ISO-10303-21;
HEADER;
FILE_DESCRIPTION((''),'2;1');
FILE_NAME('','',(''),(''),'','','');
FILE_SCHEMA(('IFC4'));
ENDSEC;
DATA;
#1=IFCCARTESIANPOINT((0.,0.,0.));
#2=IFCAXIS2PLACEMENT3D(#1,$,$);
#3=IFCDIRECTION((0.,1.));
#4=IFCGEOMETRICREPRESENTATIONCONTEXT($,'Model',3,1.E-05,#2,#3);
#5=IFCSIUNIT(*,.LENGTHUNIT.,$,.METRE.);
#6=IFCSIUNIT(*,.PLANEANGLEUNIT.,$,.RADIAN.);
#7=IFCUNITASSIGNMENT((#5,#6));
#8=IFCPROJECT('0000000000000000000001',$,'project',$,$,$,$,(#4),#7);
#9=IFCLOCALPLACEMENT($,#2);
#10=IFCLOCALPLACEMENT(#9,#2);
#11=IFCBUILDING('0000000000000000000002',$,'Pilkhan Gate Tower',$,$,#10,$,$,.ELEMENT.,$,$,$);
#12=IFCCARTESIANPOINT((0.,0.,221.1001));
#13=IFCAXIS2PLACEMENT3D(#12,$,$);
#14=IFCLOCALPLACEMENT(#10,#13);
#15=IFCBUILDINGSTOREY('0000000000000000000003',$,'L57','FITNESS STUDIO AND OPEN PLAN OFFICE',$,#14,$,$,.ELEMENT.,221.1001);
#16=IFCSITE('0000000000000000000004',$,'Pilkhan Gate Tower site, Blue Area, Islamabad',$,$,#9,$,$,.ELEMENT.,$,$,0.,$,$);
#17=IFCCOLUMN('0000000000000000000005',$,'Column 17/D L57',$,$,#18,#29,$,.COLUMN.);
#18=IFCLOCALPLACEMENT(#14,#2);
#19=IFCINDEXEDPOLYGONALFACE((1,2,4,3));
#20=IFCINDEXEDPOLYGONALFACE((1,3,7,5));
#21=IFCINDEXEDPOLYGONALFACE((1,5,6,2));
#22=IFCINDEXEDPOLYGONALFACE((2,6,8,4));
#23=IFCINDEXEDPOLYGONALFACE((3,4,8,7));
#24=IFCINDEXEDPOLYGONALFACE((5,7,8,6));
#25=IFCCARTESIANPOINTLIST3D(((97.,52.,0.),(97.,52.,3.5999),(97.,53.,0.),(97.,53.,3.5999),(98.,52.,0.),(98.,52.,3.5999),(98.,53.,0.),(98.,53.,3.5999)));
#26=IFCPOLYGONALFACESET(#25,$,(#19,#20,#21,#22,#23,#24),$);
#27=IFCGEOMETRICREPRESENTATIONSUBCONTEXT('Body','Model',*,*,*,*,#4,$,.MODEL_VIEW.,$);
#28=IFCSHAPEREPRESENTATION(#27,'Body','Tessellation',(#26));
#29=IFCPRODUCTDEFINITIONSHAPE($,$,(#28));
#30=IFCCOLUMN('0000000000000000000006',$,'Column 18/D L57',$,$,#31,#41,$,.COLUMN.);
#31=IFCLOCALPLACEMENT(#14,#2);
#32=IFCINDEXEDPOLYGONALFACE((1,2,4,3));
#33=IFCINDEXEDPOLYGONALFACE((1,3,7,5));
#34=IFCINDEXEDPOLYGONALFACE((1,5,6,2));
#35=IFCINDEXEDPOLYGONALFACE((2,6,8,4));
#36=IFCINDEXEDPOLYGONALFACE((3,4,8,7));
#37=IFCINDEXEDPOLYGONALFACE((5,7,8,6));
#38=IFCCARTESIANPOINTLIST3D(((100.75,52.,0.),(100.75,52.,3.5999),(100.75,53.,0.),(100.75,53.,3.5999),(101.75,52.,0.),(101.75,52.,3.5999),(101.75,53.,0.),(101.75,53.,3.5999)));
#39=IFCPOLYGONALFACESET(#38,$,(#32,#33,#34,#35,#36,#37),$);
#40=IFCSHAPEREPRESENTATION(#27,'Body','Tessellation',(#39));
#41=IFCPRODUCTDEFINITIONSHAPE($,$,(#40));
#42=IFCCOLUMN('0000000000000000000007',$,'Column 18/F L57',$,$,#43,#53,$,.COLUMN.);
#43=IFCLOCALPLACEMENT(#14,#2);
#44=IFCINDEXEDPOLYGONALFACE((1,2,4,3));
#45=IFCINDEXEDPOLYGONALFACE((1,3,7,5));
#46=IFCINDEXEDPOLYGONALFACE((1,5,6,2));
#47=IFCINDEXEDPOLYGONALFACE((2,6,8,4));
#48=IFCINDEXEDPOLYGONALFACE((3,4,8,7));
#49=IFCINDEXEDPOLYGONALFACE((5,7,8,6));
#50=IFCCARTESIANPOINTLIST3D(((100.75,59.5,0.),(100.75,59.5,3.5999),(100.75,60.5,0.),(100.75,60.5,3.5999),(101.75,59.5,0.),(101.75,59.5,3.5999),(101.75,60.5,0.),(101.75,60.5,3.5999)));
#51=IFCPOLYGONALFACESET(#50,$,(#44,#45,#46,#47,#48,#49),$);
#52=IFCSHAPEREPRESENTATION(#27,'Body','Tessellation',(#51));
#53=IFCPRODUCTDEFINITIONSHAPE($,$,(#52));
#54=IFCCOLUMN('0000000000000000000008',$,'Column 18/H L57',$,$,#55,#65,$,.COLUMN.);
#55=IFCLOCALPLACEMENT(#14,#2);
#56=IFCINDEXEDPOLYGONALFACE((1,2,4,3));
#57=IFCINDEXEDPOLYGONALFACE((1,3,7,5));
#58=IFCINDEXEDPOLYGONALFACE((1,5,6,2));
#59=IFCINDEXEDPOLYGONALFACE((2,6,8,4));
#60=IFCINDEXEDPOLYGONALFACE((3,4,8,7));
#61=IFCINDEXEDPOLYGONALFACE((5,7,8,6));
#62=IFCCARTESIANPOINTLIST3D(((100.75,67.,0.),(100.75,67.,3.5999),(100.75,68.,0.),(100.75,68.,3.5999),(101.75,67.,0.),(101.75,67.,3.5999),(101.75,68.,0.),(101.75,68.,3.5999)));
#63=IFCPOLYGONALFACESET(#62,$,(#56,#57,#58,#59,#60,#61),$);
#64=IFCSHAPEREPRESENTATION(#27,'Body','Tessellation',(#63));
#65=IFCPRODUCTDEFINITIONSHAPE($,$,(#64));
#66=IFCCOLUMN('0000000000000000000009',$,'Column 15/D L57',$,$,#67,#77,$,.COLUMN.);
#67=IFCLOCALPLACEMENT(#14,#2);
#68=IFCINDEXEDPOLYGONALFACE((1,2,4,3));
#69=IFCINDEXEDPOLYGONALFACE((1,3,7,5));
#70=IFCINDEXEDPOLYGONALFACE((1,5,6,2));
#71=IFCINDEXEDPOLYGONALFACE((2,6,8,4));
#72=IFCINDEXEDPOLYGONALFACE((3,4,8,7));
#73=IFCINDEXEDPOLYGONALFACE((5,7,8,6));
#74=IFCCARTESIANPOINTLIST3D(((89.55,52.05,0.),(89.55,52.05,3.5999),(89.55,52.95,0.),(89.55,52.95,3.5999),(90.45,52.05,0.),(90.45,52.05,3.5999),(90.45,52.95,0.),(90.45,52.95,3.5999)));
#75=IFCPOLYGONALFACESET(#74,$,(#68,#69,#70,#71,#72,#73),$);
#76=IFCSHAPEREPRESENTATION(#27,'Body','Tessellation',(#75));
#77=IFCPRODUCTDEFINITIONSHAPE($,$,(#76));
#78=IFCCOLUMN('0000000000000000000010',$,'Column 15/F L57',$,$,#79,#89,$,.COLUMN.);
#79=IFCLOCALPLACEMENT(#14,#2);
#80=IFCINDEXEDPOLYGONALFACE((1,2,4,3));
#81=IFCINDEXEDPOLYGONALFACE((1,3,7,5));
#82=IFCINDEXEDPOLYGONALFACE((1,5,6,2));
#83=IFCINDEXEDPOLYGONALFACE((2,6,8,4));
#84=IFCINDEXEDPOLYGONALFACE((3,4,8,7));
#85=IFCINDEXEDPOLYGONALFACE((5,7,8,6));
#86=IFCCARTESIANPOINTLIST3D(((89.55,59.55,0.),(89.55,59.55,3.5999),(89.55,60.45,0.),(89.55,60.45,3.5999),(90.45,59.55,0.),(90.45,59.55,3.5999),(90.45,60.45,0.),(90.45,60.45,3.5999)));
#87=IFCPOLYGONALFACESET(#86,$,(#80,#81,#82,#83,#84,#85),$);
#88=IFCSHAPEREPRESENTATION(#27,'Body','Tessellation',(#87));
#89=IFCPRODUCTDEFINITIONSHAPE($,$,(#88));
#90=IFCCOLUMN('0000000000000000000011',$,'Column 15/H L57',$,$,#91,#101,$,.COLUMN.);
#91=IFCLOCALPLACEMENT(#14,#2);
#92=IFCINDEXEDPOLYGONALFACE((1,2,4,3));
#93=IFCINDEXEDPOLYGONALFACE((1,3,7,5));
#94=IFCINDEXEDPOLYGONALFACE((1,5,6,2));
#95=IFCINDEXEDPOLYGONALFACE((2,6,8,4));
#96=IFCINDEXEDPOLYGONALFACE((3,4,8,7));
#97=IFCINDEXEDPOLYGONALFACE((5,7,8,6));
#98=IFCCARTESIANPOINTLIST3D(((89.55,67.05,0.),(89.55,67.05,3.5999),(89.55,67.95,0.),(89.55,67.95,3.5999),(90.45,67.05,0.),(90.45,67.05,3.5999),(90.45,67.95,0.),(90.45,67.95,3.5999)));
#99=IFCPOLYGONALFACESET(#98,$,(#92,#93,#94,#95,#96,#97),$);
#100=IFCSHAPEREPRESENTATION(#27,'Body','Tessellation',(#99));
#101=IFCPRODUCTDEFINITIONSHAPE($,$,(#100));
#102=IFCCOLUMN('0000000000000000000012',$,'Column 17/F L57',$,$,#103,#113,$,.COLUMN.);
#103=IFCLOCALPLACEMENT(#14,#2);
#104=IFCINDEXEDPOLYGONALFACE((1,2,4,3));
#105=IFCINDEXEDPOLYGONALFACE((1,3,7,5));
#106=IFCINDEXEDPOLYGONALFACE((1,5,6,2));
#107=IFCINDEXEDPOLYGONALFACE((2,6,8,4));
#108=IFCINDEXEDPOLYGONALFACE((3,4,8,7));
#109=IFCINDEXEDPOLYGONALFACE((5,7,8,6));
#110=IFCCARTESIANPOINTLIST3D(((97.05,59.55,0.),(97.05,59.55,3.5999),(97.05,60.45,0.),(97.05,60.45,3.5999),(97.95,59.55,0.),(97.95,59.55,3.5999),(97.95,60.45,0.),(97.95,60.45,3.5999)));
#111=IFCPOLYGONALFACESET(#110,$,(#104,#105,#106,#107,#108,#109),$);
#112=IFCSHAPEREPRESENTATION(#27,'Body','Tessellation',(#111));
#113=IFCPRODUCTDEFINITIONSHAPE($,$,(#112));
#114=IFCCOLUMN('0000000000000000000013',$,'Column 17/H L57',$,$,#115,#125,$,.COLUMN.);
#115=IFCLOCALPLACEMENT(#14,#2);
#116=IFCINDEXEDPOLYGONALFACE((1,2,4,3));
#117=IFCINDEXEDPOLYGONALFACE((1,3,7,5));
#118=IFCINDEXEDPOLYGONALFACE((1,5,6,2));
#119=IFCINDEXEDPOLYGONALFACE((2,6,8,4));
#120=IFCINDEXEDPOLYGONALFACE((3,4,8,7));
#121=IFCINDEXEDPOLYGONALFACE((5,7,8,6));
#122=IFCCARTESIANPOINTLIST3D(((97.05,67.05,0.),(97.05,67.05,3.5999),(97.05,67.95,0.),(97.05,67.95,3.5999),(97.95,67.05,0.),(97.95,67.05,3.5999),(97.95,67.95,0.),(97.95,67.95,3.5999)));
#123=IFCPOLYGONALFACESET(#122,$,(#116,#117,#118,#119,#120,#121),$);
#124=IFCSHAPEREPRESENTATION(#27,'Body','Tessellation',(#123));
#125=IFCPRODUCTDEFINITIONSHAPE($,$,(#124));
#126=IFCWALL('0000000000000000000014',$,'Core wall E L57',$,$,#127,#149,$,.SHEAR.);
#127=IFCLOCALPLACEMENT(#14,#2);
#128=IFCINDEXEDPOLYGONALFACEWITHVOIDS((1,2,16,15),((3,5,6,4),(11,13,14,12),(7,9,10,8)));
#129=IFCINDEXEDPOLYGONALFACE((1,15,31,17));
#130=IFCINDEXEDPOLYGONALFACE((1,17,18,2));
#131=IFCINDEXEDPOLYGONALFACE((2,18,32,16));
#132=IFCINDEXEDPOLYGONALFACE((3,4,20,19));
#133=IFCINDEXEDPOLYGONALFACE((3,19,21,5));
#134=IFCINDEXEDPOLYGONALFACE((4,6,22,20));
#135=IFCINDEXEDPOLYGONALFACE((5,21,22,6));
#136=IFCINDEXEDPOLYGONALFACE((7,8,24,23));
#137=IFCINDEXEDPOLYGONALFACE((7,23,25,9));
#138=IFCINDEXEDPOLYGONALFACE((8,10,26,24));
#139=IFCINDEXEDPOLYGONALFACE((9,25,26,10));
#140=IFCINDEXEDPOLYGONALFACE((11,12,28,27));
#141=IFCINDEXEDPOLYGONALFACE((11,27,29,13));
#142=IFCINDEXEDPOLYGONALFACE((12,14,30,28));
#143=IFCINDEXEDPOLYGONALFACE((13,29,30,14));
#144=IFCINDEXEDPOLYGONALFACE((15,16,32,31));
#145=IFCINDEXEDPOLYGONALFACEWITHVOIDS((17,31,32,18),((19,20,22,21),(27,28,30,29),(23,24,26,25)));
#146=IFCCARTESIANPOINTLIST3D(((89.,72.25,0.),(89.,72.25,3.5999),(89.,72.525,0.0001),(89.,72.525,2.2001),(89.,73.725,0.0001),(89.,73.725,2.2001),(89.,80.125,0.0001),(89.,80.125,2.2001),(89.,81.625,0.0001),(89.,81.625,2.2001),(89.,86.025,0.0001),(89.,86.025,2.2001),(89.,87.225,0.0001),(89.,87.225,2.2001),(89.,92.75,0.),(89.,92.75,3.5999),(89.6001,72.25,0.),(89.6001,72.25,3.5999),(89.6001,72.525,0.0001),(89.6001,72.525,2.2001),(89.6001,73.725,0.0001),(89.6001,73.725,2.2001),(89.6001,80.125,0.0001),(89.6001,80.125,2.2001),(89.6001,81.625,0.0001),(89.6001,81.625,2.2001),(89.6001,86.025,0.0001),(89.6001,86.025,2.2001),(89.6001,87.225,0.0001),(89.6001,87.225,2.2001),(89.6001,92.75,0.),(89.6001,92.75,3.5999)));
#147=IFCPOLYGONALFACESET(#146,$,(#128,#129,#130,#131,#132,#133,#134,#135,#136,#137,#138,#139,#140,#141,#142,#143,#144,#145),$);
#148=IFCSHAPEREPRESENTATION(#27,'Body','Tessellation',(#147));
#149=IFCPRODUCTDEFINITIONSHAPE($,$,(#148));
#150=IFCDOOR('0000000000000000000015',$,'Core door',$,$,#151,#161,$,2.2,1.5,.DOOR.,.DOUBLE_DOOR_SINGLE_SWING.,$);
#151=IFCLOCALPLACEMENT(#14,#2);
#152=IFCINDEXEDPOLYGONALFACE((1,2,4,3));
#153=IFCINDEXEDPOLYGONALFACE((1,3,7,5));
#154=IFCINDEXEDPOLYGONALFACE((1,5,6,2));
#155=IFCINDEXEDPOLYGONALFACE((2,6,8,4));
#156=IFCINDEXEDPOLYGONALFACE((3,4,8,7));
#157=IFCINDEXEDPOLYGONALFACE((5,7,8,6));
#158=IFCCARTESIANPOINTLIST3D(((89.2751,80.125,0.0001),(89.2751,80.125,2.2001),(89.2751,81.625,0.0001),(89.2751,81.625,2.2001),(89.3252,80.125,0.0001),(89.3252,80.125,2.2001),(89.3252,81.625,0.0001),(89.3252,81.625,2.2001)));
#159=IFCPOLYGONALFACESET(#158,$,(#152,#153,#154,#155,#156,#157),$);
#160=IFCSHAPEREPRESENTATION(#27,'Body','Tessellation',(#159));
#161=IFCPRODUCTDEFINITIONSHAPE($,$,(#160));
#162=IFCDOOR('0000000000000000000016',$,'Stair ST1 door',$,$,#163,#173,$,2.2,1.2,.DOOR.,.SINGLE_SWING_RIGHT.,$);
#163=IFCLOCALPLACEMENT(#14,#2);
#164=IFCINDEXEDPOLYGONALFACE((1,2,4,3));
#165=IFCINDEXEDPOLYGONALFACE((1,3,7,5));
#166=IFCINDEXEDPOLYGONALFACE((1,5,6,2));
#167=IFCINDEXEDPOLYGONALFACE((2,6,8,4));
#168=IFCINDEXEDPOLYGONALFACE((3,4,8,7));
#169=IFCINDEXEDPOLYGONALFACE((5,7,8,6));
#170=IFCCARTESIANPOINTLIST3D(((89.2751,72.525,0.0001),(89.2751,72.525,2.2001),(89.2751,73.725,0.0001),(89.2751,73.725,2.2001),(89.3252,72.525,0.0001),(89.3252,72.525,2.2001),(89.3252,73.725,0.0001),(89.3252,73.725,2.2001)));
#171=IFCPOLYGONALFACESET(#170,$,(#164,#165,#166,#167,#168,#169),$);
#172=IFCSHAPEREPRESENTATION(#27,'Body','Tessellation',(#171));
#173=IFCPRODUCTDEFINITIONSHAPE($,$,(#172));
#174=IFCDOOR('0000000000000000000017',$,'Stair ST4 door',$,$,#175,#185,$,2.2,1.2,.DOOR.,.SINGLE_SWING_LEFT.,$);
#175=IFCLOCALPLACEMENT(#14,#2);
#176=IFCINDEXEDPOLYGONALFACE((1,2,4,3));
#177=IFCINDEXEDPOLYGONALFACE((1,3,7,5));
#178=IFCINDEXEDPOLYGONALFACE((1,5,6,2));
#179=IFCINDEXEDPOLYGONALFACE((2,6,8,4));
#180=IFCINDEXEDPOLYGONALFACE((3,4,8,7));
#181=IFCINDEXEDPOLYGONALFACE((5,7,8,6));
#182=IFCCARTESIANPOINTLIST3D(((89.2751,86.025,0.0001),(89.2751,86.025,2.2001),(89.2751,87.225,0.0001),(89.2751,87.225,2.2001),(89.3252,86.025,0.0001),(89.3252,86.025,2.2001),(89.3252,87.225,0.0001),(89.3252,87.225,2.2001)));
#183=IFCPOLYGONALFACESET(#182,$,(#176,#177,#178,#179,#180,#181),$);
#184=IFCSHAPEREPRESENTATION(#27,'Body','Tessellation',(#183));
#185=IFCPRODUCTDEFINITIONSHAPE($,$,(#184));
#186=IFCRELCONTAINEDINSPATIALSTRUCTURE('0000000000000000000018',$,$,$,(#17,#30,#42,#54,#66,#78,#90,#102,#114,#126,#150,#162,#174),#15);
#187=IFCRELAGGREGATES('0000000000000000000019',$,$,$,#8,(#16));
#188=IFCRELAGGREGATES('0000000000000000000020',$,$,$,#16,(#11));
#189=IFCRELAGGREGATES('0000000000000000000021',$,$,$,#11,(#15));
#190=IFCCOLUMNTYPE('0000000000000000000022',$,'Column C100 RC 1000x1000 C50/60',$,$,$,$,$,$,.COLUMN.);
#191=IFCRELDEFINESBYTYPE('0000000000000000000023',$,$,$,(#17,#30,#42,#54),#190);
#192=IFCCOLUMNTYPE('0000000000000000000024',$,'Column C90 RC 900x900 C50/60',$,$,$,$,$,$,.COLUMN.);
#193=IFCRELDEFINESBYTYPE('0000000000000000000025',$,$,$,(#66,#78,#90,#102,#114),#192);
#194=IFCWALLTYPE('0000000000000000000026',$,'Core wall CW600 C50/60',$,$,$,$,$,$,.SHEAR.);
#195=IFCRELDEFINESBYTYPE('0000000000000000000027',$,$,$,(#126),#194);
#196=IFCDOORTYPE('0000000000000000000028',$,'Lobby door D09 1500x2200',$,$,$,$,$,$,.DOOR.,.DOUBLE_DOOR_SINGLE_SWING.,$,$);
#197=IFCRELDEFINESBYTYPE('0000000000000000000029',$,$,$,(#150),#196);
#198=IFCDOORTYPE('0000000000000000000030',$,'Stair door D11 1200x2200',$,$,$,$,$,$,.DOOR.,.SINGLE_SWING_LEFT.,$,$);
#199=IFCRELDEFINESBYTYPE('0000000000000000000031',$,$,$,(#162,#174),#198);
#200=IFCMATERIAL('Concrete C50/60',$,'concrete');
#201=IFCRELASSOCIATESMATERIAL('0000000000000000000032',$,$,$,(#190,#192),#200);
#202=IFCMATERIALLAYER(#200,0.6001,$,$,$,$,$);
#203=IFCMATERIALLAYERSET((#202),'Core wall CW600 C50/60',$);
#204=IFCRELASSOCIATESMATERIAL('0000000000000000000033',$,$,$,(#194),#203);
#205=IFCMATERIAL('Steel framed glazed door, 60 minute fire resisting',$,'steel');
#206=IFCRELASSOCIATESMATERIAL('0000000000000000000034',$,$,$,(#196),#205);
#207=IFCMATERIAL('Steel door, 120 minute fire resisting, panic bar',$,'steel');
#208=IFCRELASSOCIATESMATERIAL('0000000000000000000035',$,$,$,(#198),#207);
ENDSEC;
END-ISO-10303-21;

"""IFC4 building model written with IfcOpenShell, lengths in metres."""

from ifc_helpers import new_model, si_unit, direction, frame, frame_2d, origin, origin_2d, place, context, subcontext, project, spatial, rectangle, extrude, material, layer, layer_set, material_profile, profile_set, type_object, element, fill, save


model = new_model("IFC4")

# Units and contexts
model_context = context("Model", 3, precision=1e-05, world=origin(), true_north=direction((0.0, 1.0)))
body_context = subcontext(model_context, "Body", "Model", "MODEL_VIEW")
ifc_project = project(units=[si_unit("LENGTHUNIT", "METRE"), si_unit("PLANEANGLEUNIT", "RADIAN")], contexts=[model_context])

# Site, building, storey
site_placement = place(None, origin())
site = spatial("IfcSite", under=ifc_project, at=site_placement, Name="Pilkhan Gate Tower site, Blue Area, Islamabad", CompositionType="ELEMENT", RefElevation=0.0)
building_placement = place(site_placement, origin())
building = spatial("IfcBuilding", under=site, at=building_placement, Name="Pilkhan Gate Tower", CompositionType="ELEMENT")
storey_placement = place(building_placement, frame((0.0, 0.0, 221.1001)))
storey = spatial("IfcBuildingStorey", under=building, at=storey_placement, Name="L57", Description="FITNESS STUDIO AND OPEN PLAN OFFICE", CompositionType="ELEMENT", Elevation=221.1001)

# Columns
ifc_material_1 = material(Name="Concrete C50/60", Category="concrete")
ifc_material_profile_1 = material_profile(ifc_material_1, rectangle(XDim=1.0, YDim=1.0, at=origin_2d()), Name="RC 1000x1000")
ifc_profile_set_1 = profile_set([ifc_material_profile_1], Name="Concrete C50/60")
column_type_1 = type_object("IfcColumnType", Name="Column C100 RC 1000x1000 C50/60", PredefinedType="COLUMN", material=ifc_profile_set_1)
for number, where, z_axis, x_axis, name in (
    (1, (97.5, 52.5, 0.0), (0.0, 0.0, 1.0), (1.0, 0.0, 0.0), "Column 17/D L57"),
    (2, (101.25, 52.5, 0.0), (0.0, 0.0, 1.0), (1.0, 0.0, 0.0), "Column 18/D L57"),
    (3, (101.25, 60.0, 0.0), (0.0, 0.0, 1.0), (1.0, 0.0, 0.0), "Column 18/F L57"),
    (4, (101.25, 67.5, 0.0), (0.0, 0.0, 1.0), (1.0, 0.0, 0.0), "Column 18/H L57"),
):
    element("IfcColumn", number, at=place(storey_placement, frame(where, z_axis=z_axis, x_axis=x_axis)), inside=storey, type_object=column_type_1, Name=name, PredefinedType="COLUMN", context=body_context, shape_type="SweptSolid", body=[
        extrude(rectangle(XDim=1.0, YDim=1.0, at=origin_2d()), origin(), (0.0, 0.0, 1.0), 3.5999),
    ])
ifc_material_profile_2 = material_profile(ifc_material_1, rectangle(XDim=0.8999, YDim=0.8999, at=origin_2d()), Name="RC 900x900")
ifc_profile_set_2 = profile_set([ifc_material_profile_2], Name="Concrete C50/60")
column_type_2 = type_object("IfcColumnType", Name="Column C90 RC 900x900 C50/60", PredefinedType="COLUMN", material=ifc_profile_set_2)
for number, where, z_axis, x_axis, name in (
    (5, (90.0, 52.5, 0.0), (0.0, 0.0, 1.0), (1.0, 0.0, 0.0), "Column 15/D L57"),
    (6, (90.0, 60.0, 0.0), (0.0, 0.0, 1.0), (1.0, 0.0, 0.0), "Column 15/F L57"),
    (7, (90.0, 67.5, 0.0), (0.0, 0.0, 1.0), (1.0, 0.0, 0.0), "Column 15/H L57"),
    (8, (97.5, 60.0, 0.0), (0.0, 0.0, 1.0), (1.0, 0.0, 0.0), "Column 17/F L57"),
    (9, (97.5, 67.5, 0.0), (0.0, 0.0, 1.0), (1.0, 0.0, 0.0), "Column 17/H L57"),
):
    element("IfcColumn", number, at=place(storey_placement, frame(where, z_axis=z_axis, x_axis=x_axis)), inside=storey, type_object=column_type_2, Name=name, PredefinedType="COLUMN", context=body_context, shape_type="SweptSolid", body=[
        extrude(rectangle(XDim=0.8999, YDim=0.8999, at=origin_2d()), origin(), (0.0, 0.0, 1.0), 3.5999),
    ])

# Wall, openings, doors
ifc_layer_1 = layer(ifc_material_1, 0.6001)
ifc_layer_set_1 = layer_set([ifc_layer_1], Name="Core wall CW600 C50/60")
wall_type_1 = type_object("IfcWallType", Name="Core wall CW600 C50/60", PredefinedType="SHEAR", material=ifc_layer_set_1)
wall_1_placement = place(storey_placement, frame((89.3, 72.25, 0.0), z_axis=(0.0, 0.0, 1.0), x_axis=(0.0, 1.0, 0.0)))
wall_1 = element("IfcWall", 10, at=wall_1_placement, inside=storey, type_object=wall_type_1, Name="Core wall E L57", PredefinedType="SHEAR", context=body_context, shape_type="SweptSolid", body=[
    extrude(rectangle(XDim=20.5, YDim=0.6001, at=frame_2d((10.25, 0.0))), origin(), (0.0, 0.0, 1.0), 3.5999),
])
opening_1_placement = place(wall_1_placement, frame((0.2749, 0.0, 0.0)))
opening_1 = element("IfcOpeningElement", 11, at=opening_1_placement, cuts=wall_1, PredefinedType="OPENING", context=body_context, shape_type="SweptSolid", body=[
    extrude(rectangle(XDim=1.2, YDim=2.2, at=frame_2d((0.6001, 1.1001))), frame((0.0, 0.3101, 0.0), z_axis=(0.0, -1.0, 0.0), x_axis=(1.0, 0.0, 0.0)), (0.0, 0.0, 1.0), 0.6201),
])
opening_2_placement = place(wall_1_placement, frame((13.7749, 0.0, 0.0)))
opening_2 = element("IfcOpeningElement", 12, at=opening_2_placement, cuts=wall_1, PredefinedType="OPENING", context=body_context, shape_type="SweptSolid", body=[
    extrude(rectangle(XDim=1.2, YDim=2.2, at=frame_2d((0.6001, 1.1001))), frame((0.0, 0.3101, 0.0), z_axis=(0.0, -1.0, 0.0), x_axis=(1.0, 0.0, 0.0)), (0.0, 0.0, 1.0), 0.6201),
])
opening_3_placement = place(wall_1_placement, frame((7.875, 0.0, 0.0)))
opening_3 = element("IfcOpeningElement", 13, at=opening_3_placement, cuts=wall_1, PredefinedType="OPENING", context=body_context, shape_type="SweptSolid", body=[
    extrude(rectangle(XDim=1.5, YDim=2.2, at=frame_2d((0.75, 1.1001))), frame((0.0, 0.3101, 0.0), z_axis=(0.0, -1.0, 0.0), x_axis=(1.0, 0.0, 0.0)), (0.0, 0.0, 1.0), 0.6201),
])
ifc_material_2 = material(Name="Steel framed glazed door, 60 minute fire resisting", Category="steel")
door_type_1 = type_object("IfcDoorType", Name="Lobby door D09 1500x2200", OperationType="DOUBLE_DOOR_SINGLE_SWING", PredefinedType="DOOR", material=ifc_material_2)
door_1_placement = place(opening_3_placement, origin())
door_1 = element("IfcDoor", 14, at=door_1_placement, inside=storey, type_object=door_type_1, Name="Core door", OperationType="DOUBLE_DOOR_SINGLE_SWING", OverallHeight=2.2, OverallWidth=1.5, PredefinedType="DOOR", context=body_context, shape_type="SweptSolid", body=[
    extrude(rectangle(XDim=1.5, YDim=2.2, at=frame_2d((0.75, 1.1001))), frame((0.0, 0.0249, 0.0), z_axis=(0.0, -1.0, 0.0), x_axis=(1.0, 0.0, 0.0)), (0.0, 0.0, 1.0), 0.05),
])
fill(opening_3, door_1)
ifc_material_3 = material(Name="Steel door, 120 minute fire resisting, panic bar", Category="steel")
door_type_2 = type_object("IfcDoorType", Name="Stair door D11 1200x2200", OperationType="SINGLE_SWING_LEFT", PredefinedType="DOOR", material=ifc_material_3)
door_2_placement = place(opening_1_placement, origin())
door_2 = element("IfcDoor", 15, at=door_2_placement, inside=storey, type_object=door_type_2, Name="Stair ST1 door", OperationType="SINGLE_SWING_RIGHT", OverallHeight=2.2, OverallWidth=1.2, PredefinedType="DOOR", context=body_context, shape_type="SweptSolid", body=[
    extrude(rectangle(XDim=1.2, YDim=2.2, at=frame_2d((0.6001, 1.1001))), frame((0.0, 0.0249, 0.0), z_axis=(0.0, -1.0, 0.0), x_axis=(1.0, 0.0, 0.0)), (0.0, 0.0, 1.0), 0.05),
])
fill(opening_1, door_2)
door_3_placement = place(opening_2_placement, origin())
door_3 = element("IfcDoor", 16, at=door_3_placement, inside=storey, type_object=door_type_2, Name="Stair ST4 door", OperationType="SINGLE_SWING_LEFT", OverallHeight=2.2, OverallWidth=1.2, PredefinedType="DOOR", context=body_context, shape_type="SweptSolid", body=[
    extrude(rectangle(XDim=1.2, YDim=2.2, at=frame_2d((0.6001, 1.1001))), frame((0.0, 0.0249, 0.0), z_axis=(0.0, -1.0, 0.0), x_axis=(1.0, 0.0, 0.0)), (0.0, 0.0, 1.0), 0.05),
])
fill(opening_2, door_3)

save(model, "model.ifc")
